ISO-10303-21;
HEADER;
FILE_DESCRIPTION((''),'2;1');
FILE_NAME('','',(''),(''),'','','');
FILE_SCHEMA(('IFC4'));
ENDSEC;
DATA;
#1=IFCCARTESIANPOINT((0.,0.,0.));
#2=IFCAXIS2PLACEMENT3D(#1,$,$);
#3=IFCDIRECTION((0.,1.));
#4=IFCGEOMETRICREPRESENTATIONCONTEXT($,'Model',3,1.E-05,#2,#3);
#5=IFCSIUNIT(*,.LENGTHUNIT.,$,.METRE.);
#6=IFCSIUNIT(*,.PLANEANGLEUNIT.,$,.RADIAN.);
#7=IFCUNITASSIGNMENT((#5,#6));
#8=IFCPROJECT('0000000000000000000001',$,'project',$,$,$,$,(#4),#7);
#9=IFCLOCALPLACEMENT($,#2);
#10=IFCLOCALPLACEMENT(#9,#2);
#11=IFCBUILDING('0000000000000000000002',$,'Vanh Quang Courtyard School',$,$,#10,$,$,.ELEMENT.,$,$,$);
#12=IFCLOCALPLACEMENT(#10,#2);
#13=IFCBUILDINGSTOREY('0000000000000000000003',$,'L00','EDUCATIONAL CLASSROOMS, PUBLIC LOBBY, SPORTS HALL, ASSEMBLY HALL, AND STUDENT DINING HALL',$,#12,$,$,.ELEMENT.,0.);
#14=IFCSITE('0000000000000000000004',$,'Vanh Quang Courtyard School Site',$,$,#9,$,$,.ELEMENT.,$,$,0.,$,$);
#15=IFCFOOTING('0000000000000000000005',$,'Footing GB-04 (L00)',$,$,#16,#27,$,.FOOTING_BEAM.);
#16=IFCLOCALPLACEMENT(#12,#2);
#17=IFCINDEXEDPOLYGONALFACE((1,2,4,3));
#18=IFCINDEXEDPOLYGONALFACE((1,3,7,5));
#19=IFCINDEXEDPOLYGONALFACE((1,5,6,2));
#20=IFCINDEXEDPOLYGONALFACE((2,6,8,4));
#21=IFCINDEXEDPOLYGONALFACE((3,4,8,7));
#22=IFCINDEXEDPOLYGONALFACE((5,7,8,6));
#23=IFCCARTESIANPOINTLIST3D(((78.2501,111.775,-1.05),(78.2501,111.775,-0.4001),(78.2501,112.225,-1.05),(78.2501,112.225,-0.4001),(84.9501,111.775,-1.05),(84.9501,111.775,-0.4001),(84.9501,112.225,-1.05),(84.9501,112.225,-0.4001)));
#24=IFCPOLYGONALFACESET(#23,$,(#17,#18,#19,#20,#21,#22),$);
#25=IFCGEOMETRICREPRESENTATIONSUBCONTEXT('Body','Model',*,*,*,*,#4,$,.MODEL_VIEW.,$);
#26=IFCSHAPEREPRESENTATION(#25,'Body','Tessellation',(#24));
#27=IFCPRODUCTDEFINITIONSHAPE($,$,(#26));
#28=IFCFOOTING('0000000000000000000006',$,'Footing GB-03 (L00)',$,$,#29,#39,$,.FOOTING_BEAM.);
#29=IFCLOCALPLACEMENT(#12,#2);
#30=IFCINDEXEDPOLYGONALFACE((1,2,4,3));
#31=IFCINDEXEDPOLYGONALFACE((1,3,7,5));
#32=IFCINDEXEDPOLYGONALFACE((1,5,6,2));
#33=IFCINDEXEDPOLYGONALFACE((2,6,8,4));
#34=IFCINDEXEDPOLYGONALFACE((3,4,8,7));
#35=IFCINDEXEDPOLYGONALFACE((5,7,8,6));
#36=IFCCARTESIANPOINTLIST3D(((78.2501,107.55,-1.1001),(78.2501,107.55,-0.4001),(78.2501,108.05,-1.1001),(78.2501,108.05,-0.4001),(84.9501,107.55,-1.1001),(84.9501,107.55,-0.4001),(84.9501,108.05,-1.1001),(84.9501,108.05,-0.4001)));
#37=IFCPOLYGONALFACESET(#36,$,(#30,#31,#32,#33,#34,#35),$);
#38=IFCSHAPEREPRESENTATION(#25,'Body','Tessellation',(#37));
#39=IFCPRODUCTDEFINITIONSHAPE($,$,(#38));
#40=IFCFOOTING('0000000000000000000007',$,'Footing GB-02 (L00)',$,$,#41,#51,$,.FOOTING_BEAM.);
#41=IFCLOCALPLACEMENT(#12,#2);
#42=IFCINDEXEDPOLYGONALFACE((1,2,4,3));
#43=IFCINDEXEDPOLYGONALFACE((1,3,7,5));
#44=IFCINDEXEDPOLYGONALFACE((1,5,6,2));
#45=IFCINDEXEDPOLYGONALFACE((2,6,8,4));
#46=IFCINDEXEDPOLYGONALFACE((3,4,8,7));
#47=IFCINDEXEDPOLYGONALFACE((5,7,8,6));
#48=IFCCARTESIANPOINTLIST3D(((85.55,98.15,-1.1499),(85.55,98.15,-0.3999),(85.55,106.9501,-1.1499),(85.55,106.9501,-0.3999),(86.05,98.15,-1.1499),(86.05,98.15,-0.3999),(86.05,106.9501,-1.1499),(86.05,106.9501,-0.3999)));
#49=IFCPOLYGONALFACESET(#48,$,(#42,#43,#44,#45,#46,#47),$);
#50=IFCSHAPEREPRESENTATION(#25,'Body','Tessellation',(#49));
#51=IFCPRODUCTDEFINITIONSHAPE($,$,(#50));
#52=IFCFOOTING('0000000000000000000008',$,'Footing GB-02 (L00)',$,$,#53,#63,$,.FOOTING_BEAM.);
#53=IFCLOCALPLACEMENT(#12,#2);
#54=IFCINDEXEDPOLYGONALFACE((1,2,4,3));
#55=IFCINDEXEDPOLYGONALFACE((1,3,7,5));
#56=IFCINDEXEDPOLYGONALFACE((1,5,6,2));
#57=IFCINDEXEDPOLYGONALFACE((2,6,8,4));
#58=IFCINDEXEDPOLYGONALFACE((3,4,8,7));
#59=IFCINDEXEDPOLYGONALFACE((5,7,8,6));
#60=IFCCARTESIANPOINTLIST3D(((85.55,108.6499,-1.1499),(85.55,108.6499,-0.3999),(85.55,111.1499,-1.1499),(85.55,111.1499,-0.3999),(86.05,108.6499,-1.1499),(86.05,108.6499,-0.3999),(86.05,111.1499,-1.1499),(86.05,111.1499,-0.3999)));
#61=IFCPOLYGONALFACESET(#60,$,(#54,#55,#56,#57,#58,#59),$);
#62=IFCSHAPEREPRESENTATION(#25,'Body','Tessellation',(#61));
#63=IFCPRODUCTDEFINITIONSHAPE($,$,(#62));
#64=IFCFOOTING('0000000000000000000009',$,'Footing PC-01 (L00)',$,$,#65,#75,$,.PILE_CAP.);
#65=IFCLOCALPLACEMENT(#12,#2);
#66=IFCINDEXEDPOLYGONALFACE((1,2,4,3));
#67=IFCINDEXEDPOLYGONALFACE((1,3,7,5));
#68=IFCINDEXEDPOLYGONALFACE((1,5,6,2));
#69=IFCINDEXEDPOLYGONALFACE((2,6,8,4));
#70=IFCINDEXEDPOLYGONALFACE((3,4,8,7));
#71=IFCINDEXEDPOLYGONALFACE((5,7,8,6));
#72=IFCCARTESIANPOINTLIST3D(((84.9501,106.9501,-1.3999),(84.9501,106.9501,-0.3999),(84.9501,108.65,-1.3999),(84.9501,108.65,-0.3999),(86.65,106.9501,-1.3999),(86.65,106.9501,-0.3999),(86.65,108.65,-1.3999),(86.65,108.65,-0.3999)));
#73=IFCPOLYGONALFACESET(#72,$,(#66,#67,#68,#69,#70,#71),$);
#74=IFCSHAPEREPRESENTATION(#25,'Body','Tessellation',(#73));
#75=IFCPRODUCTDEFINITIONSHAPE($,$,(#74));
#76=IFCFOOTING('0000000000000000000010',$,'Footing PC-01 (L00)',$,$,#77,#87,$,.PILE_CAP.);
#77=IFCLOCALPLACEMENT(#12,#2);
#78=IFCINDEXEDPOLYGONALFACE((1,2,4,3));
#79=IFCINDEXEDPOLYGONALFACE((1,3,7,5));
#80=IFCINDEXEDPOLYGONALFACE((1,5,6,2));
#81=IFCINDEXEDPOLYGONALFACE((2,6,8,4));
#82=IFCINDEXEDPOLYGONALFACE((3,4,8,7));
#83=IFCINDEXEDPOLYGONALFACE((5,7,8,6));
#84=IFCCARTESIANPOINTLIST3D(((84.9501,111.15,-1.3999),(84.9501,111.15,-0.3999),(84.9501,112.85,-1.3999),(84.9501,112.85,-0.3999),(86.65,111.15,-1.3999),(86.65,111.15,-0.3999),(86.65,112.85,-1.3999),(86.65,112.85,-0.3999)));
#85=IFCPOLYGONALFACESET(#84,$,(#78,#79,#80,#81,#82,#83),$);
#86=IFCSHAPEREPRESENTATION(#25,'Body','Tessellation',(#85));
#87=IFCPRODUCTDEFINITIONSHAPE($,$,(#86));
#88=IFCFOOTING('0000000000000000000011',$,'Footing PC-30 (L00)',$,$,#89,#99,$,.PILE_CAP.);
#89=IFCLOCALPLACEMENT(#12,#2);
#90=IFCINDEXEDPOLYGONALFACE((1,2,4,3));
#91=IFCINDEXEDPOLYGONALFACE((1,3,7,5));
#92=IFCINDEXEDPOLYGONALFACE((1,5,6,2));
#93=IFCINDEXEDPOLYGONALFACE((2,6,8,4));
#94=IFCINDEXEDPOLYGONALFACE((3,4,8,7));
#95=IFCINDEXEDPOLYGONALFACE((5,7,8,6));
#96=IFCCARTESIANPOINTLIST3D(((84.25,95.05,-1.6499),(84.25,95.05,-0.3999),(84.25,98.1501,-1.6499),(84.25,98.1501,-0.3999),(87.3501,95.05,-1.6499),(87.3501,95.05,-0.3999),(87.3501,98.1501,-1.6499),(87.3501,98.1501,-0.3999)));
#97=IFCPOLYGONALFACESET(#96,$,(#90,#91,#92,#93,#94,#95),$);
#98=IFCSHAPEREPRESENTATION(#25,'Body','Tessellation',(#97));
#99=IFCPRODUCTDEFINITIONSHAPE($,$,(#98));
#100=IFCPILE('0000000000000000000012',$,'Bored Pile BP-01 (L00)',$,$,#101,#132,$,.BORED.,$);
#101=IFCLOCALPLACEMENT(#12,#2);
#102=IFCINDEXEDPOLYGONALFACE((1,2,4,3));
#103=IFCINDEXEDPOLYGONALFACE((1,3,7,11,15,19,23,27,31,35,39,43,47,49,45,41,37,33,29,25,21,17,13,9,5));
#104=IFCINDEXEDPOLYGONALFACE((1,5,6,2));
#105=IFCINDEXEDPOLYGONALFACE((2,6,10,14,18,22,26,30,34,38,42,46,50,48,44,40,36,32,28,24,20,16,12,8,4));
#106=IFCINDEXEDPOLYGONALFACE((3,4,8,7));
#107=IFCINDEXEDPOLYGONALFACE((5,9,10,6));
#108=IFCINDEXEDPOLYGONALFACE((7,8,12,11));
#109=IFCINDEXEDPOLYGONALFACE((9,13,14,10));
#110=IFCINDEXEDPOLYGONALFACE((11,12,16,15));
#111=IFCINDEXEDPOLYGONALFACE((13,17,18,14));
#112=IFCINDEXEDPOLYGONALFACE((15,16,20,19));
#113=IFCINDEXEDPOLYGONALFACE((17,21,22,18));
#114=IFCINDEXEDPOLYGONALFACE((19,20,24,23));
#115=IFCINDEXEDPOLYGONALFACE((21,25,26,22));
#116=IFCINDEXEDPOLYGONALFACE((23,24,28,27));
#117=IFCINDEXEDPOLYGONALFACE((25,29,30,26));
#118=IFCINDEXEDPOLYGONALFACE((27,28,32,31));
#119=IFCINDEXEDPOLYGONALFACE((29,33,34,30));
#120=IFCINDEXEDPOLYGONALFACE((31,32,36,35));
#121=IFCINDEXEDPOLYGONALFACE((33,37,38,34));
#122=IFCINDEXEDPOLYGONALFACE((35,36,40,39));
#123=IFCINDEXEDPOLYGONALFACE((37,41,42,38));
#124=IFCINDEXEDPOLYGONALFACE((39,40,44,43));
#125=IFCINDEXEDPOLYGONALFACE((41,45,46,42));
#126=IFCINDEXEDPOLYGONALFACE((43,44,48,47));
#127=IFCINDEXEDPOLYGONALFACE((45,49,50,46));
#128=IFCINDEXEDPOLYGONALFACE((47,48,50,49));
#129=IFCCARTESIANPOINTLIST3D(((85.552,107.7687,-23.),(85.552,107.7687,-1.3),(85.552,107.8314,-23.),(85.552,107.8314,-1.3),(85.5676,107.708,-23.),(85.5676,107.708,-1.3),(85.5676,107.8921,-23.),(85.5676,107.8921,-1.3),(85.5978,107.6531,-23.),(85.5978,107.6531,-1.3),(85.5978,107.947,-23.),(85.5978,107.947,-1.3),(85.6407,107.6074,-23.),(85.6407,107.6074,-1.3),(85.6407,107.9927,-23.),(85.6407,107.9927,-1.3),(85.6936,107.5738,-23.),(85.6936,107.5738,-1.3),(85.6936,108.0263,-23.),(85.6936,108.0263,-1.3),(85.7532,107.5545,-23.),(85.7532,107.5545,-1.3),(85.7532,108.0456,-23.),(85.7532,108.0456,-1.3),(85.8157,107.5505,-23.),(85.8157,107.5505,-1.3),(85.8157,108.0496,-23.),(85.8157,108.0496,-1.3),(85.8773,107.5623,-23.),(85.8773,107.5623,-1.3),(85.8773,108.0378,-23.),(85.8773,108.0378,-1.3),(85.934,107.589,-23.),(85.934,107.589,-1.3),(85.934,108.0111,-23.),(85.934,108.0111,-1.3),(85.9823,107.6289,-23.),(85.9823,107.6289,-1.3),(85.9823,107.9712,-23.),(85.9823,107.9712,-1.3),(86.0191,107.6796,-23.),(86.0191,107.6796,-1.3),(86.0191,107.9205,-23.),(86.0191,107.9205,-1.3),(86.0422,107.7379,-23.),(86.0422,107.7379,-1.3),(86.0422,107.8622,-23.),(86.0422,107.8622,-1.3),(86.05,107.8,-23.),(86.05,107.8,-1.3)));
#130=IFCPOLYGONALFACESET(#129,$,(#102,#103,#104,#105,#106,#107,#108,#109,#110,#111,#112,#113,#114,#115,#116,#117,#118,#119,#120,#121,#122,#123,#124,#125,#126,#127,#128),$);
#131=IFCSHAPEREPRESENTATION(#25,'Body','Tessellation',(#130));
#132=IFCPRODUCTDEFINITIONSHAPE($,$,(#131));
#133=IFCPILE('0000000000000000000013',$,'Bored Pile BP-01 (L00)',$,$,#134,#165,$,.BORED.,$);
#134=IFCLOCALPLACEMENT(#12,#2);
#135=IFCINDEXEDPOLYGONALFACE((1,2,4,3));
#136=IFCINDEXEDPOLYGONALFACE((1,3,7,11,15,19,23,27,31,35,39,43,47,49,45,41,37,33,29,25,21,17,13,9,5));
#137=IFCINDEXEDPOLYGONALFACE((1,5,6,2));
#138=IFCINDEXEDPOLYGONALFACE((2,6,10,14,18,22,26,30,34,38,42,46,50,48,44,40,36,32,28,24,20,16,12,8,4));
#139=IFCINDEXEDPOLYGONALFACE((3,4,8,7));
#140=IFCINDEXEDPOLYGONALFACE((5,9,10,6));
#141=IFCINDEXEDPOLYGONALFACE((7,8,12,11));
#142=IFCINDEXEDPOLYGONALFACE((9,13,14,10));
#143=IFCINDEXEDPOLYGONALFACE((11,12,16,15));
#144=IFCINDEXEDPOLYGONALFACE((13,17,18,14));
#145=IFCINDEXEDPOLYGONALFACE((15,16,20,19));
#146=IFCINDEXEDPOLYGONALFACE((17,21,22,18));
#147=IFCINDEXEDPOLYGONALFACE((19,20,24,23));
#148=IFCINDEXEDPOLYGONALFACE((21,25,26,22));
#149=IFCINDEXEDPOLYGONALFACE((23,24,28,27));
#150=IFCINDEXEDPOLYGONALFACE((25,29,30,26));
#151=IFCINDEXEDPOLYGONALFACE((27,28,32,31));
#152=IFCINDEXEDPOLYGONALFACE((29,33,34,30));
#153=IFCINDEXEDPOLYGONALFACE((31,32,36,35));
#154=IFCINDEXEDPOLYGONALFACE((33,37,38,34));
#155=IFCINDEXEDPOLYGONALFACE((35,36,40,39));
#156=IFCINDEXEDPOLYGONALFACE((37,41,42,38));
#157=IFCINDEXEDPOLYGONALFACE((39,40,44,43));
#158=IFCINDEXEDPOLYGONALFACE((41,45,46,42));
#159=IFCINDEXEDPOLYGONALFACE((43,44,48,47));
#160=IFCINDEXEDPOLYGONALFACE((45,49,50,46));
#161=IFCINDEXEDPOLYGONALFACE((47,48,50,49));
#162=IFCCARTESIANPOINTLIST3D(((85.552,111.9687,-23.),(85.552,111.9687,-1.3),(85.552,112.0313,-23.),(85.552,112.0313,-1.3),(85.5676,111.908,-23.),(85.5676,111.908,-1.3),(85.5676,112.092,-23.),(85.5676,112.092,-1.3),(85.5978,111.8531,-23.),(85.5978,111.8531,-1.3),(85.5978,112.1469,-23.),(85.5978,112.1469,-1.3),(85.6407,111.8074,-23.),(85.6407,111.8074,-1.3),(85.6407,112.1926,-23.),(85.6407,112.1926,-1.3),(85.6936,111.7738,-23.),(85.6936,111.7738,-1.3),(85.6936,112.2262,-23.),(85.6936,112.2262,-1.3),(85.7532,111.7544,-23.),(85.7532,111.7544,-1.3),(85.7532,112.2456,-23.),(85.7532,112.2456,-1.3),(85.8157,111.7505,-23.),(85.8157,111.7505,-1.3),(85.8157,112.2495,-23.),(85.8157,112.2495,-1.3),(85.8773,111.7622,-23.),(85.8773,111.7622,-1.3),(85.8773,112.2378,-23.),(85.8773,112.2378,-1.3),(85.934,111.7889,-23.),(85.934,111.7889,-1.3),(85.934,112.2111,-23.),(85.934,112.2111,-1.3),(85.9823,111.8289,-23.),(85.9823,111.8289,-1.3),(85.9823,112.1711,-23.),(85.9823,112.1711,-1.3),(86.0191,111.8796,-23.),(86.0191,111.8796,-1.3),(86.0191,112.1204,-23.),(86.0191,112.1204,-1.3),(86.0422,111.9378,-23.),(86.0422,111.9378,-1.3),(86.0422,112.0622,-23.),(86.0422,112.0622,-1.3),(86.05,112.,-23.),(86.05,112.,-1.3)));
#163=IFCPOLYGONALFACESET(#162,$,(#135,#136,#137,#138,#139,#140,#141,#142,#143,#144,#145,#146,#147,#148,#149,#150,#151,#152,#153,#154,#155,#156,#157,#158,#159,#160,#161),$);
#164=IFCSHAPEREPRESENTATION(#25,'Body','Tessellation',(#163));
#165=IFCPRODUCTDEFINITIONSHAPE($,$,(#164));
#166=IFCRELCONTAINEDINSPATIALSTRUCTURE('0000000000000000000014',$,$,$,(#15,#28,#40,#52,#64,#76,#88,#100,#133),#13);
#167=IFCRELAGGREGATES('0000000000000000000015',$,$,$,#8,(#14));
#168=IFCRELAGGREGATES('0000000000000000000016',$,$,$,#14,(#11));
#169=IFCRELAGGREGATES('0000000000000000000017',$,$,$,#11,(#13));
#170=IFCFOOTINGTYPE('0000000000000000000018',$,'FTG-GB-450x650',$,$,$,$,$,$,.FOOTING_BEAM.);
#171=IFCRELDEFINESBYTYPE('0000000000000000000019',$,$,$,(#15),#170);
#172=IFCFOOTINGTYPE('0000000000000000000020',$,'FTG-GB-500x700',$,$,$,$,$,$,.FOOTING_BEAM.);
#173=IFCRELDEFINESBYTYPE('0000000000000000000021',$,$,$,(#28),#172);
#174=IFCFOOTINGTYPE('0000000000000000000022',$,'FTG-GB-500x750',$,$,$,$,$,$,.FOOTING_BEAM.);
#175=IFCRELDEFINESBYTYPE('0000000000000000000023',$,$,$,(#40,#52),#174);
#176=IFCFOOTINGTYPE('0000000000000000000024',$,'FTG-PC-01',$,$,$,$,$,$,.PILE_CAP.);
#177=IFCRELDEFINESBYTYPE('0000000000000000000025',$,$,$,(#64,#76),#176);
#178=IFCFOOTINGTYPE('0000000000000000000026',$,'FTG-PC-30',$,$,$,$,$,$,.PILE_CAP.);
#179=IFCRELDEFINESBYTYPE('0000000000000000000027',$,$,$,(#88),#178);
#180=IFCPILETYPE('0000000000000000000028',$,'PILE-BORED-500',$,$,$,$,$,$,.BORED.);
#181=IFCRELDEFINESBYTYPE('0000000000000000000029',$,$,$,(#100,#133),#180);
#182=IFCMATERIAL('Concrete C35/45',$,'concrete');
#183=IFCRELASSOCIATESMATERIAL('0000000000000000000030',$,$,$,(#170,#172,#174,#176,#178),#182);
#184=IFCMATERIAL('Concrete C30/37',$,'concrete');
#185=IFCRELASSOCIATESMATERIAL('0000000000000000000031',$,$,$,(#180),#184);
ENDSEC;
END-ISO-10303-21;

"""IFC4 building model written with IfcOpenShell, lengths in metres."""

from ifc_helpers import new_model, si_unit, direction, frame, origin, origin_2d, place, context, subcontext, project, spatial, rectangle, circle, extrude, material, material_profile, profile_set, type_object, element, save


model = new_model("IFC4")

# Units and contexts
model_context = context("Model", 3, precision=1e-05, world=origin(), true_north=direction((0.0, 1.0)))
body_context = subcontext(model_context, "Body", "Model", "MODEL_VIEW")
ifc_project = project(units=[si_unit("LENGTHUNIT", "METRE"), si_unit("PLANEANGLEUNIT", "RADIAN")], contexts=[model_context])

# Site, building, storey
site_placement = place(None, origin())
site = spatial("IfcSite", under=ifc_project, at=site_placement, Name="Vanh Quang Courtyard School Site", CompositionType="ELEMENT", RefElevation=0.0)
building_placement = place(site_placement, origin())
building = spatial("IfcBuilding", under=site, at=building_placement, Name="Vanh Quang Courtyard School", CompositionType="ELEMENT")
storey_placement = place(building_placement, origin())
storey = spatial("IfcBuildingStorey", under=building, at=storey_placement, Name="L00", Description="EDUCATIONAL CLASSROOMS, PUBLIC LOBBY, SPORTS HALL, ASSEMBLY HALL, AND STUDENT DINING HALL", CompositionType="ELEMENT", Elevation=0.0)

# Footings
ifc_material_1 = material(Name="Concrete C35/45", Category="concrete")
footing_type_1 = type_object("IfcFootingType", Name="FTG-GB-450x650", PredefinedType="FOOTING_BEAM", material=ifc_material_1)
footing_1_placement = place(storey_placement, frame((81.6001, 112.0, -1.05), z_axis=(0.0, 0.0, 1.0), x_axis=(1.0, 0.0, 0.0)))
element("IfcFooting", 1, at=footing_1_placement, inside=storey, type_object=footing_type_1, Name="Footing GB-04 (L00)", PredefinedType="FOOTING_BEAM", context=body_context, shape_type="SweptSolid", body=[
    extrude(rectangle(XDim=6.7, YDim=0.45, at=origin_2d()), origin(), (0.0, 0.0, 1.0), 0.6499),
])
footing_type_2 = type_object("IfcFootingType", Name="FTG-GB-500x700", PredefinedType="FOOTING_BEAM", material=ifc_material_1)
footing_2_placement = place(storey_placement, frame((81.6001, 107.8, -1.1001), z_axis=(0.0, 0.0, 1.0), x_axis=(1.0, 0.0, 0.0)))
element("IfcFooting", 2, at=footing_2_placement, inside=storey, type_object=footing_type_2, Name="Footing GB-03 (L00)", PredefinedType="FOOTING_BEAM", context=body_context, shape_type="SweptSolid", body=[
    extrude(rectangle(XDim=6.7, YDim=0.5, at=origin_2d()), origin(), (0.0, 0.0, 1.0), 0.7),
])
footing_type_3 = type_object("IfcFootingType", Name="FTG-GB-500x750", PredefinedType="FOOTING_BEAM", material=ifc_material_1)
footing_3_placement = place(storey_placement, frame((85.8, 102.55, -1.1499), z_axis=(0.0, 0.0, 1.0), x_axis=(0.0, 1.0, 0.0)))
element("IfcFooting", 3, at=footing_3_placement, inside=storey, type_object=footing_type_3, Name="Footing GB-02 (L00)", PredefinedType="FOOTING_BEAM", context=body_context, shape_type="SweptSolid", body=[
    extrude(rectangle(XDim=8.8, YDim=0.5, at=origin_2d()), origin(), (0.0, 0.0, 1.0), 0.75),
])
footing_4_placement = place(storey_placement, frame((85.8, 109.8999, -1.1499), z_axis=(0.0, 0.0, 1.0), x_axis=(0.0, 1.0, 0.0)))
element("IfcFooting", 4, at=footing_4_placement, inside=storey, type_object=footing_type_3, Name="Footing GB-02 (L00)", PredefinedType="FOOTING_BEAM", context=body_context, shape_type="SweptSolid", body=[
    extrude(rectangle(XDim=2.5, YDim=0.5, at=origin_2d()), origin(), (0.0, 0.0, 1.0), 0.75),
])
footing_type_4 = type_object("IfcFootingType", Name="FTG-PC-01", PredefinedType="PILE_CAP", material=ifc_material_1)
for number, where, z_axis, x_axis, name in (
    (5, (85.8, 107.8, -1.3999), (0.0, 0.0, 1.0), (1.0, 0.0, 0.0), "Footing PC-01 (L00)"),
    (6, (85.8, 112.0, -1.3999), (0.0, 0.0, 1.0), (1.0, 0.0, 0.0), "Footing PC-01 (L00)"),
):
    element("IfcFooting", number, at=place(storey_placement, frame(where, z_axis=z_axis, x_axis=x_axis)), inside=storey, type_object=footing_type_4, Name=name, PredefinedType="PILE_CAP", context=body_context, shape_type="SweptSolid", body=[
        extrude(rectangle(XDim=1.7, YDim=1.7, at=origin_2d()), origin(), (0.0, 0.0, 1.0), 1.0),
    ])
footing_type_5 = type_object("IfcFootingType", Name="FTG-PC-30", PredefinedType="PILE_CAP", material=ifc_material_1)
footing_5_placement = place(storey_placement, frame((85.8, 96.6001, -1.6499), z_axis=(0.0, 0.0, 1.0), x_axis=(1.0, 0.0, 0.0)))
element("IfcFooting", 7, at=footing_5_placement, inside=storey, type_object=footing_type_5, Name="Footing PC-30 (L00)", PredefinedType="PILE_CAP", context=body_context, shape_type="SweptSolid", body=[
    extrude(rectangle(XDim=3.1001, YDim=3.1001, at=origin_2d()), origin(), (0.0, 0.0, 1.0), 1.25),
])

# Piles
ifc_material_2 = material(Name="Concrete C30/37", Category="concrete")
ifc_material_profile_1 = material_profile(ifc_material_2, circle(Radius=0.25, at=origin_2d()), Name="PILE D500")
ifc_profile_set_1 = profile_set([ifc_material_profile_1], Name="Concrete C30/37")
pile_type_1 = type_object("IfcPileType", Name="PILE-BORED-500", PredefinedType="BORED", material=ifc_profile_set_1)
for number, where, z_axis, x_axis, name in (
    (8, (85.8, 107.8, -1.3), (0.0, 0.0, -1.0), (1.0, 0.0, 0.0), "Bored Pile BP-01 (L00)"),
    (9, (85.8, 112.0, -1.3), (0.0, 0.0, -1.0), (1.0, 0.0, 0.0), "Bored Pile BP-01 (L00)"),
):
    element("IfcPile", number, at=place(storey_placement, frame(where, z_axis=z_axis, x_axis=x_axis)), inside=storey, type_object=pile_type_1, Name=name, PredefinedType="BORED", context=body_context, shape_type="SweptSolid", body=[
        extrude(circle(Radius=0.25, at=origin_2d()), origin(), (0.0, 0.0, 1.0), 21.7),
    ])

save(model, "model.ifc")
